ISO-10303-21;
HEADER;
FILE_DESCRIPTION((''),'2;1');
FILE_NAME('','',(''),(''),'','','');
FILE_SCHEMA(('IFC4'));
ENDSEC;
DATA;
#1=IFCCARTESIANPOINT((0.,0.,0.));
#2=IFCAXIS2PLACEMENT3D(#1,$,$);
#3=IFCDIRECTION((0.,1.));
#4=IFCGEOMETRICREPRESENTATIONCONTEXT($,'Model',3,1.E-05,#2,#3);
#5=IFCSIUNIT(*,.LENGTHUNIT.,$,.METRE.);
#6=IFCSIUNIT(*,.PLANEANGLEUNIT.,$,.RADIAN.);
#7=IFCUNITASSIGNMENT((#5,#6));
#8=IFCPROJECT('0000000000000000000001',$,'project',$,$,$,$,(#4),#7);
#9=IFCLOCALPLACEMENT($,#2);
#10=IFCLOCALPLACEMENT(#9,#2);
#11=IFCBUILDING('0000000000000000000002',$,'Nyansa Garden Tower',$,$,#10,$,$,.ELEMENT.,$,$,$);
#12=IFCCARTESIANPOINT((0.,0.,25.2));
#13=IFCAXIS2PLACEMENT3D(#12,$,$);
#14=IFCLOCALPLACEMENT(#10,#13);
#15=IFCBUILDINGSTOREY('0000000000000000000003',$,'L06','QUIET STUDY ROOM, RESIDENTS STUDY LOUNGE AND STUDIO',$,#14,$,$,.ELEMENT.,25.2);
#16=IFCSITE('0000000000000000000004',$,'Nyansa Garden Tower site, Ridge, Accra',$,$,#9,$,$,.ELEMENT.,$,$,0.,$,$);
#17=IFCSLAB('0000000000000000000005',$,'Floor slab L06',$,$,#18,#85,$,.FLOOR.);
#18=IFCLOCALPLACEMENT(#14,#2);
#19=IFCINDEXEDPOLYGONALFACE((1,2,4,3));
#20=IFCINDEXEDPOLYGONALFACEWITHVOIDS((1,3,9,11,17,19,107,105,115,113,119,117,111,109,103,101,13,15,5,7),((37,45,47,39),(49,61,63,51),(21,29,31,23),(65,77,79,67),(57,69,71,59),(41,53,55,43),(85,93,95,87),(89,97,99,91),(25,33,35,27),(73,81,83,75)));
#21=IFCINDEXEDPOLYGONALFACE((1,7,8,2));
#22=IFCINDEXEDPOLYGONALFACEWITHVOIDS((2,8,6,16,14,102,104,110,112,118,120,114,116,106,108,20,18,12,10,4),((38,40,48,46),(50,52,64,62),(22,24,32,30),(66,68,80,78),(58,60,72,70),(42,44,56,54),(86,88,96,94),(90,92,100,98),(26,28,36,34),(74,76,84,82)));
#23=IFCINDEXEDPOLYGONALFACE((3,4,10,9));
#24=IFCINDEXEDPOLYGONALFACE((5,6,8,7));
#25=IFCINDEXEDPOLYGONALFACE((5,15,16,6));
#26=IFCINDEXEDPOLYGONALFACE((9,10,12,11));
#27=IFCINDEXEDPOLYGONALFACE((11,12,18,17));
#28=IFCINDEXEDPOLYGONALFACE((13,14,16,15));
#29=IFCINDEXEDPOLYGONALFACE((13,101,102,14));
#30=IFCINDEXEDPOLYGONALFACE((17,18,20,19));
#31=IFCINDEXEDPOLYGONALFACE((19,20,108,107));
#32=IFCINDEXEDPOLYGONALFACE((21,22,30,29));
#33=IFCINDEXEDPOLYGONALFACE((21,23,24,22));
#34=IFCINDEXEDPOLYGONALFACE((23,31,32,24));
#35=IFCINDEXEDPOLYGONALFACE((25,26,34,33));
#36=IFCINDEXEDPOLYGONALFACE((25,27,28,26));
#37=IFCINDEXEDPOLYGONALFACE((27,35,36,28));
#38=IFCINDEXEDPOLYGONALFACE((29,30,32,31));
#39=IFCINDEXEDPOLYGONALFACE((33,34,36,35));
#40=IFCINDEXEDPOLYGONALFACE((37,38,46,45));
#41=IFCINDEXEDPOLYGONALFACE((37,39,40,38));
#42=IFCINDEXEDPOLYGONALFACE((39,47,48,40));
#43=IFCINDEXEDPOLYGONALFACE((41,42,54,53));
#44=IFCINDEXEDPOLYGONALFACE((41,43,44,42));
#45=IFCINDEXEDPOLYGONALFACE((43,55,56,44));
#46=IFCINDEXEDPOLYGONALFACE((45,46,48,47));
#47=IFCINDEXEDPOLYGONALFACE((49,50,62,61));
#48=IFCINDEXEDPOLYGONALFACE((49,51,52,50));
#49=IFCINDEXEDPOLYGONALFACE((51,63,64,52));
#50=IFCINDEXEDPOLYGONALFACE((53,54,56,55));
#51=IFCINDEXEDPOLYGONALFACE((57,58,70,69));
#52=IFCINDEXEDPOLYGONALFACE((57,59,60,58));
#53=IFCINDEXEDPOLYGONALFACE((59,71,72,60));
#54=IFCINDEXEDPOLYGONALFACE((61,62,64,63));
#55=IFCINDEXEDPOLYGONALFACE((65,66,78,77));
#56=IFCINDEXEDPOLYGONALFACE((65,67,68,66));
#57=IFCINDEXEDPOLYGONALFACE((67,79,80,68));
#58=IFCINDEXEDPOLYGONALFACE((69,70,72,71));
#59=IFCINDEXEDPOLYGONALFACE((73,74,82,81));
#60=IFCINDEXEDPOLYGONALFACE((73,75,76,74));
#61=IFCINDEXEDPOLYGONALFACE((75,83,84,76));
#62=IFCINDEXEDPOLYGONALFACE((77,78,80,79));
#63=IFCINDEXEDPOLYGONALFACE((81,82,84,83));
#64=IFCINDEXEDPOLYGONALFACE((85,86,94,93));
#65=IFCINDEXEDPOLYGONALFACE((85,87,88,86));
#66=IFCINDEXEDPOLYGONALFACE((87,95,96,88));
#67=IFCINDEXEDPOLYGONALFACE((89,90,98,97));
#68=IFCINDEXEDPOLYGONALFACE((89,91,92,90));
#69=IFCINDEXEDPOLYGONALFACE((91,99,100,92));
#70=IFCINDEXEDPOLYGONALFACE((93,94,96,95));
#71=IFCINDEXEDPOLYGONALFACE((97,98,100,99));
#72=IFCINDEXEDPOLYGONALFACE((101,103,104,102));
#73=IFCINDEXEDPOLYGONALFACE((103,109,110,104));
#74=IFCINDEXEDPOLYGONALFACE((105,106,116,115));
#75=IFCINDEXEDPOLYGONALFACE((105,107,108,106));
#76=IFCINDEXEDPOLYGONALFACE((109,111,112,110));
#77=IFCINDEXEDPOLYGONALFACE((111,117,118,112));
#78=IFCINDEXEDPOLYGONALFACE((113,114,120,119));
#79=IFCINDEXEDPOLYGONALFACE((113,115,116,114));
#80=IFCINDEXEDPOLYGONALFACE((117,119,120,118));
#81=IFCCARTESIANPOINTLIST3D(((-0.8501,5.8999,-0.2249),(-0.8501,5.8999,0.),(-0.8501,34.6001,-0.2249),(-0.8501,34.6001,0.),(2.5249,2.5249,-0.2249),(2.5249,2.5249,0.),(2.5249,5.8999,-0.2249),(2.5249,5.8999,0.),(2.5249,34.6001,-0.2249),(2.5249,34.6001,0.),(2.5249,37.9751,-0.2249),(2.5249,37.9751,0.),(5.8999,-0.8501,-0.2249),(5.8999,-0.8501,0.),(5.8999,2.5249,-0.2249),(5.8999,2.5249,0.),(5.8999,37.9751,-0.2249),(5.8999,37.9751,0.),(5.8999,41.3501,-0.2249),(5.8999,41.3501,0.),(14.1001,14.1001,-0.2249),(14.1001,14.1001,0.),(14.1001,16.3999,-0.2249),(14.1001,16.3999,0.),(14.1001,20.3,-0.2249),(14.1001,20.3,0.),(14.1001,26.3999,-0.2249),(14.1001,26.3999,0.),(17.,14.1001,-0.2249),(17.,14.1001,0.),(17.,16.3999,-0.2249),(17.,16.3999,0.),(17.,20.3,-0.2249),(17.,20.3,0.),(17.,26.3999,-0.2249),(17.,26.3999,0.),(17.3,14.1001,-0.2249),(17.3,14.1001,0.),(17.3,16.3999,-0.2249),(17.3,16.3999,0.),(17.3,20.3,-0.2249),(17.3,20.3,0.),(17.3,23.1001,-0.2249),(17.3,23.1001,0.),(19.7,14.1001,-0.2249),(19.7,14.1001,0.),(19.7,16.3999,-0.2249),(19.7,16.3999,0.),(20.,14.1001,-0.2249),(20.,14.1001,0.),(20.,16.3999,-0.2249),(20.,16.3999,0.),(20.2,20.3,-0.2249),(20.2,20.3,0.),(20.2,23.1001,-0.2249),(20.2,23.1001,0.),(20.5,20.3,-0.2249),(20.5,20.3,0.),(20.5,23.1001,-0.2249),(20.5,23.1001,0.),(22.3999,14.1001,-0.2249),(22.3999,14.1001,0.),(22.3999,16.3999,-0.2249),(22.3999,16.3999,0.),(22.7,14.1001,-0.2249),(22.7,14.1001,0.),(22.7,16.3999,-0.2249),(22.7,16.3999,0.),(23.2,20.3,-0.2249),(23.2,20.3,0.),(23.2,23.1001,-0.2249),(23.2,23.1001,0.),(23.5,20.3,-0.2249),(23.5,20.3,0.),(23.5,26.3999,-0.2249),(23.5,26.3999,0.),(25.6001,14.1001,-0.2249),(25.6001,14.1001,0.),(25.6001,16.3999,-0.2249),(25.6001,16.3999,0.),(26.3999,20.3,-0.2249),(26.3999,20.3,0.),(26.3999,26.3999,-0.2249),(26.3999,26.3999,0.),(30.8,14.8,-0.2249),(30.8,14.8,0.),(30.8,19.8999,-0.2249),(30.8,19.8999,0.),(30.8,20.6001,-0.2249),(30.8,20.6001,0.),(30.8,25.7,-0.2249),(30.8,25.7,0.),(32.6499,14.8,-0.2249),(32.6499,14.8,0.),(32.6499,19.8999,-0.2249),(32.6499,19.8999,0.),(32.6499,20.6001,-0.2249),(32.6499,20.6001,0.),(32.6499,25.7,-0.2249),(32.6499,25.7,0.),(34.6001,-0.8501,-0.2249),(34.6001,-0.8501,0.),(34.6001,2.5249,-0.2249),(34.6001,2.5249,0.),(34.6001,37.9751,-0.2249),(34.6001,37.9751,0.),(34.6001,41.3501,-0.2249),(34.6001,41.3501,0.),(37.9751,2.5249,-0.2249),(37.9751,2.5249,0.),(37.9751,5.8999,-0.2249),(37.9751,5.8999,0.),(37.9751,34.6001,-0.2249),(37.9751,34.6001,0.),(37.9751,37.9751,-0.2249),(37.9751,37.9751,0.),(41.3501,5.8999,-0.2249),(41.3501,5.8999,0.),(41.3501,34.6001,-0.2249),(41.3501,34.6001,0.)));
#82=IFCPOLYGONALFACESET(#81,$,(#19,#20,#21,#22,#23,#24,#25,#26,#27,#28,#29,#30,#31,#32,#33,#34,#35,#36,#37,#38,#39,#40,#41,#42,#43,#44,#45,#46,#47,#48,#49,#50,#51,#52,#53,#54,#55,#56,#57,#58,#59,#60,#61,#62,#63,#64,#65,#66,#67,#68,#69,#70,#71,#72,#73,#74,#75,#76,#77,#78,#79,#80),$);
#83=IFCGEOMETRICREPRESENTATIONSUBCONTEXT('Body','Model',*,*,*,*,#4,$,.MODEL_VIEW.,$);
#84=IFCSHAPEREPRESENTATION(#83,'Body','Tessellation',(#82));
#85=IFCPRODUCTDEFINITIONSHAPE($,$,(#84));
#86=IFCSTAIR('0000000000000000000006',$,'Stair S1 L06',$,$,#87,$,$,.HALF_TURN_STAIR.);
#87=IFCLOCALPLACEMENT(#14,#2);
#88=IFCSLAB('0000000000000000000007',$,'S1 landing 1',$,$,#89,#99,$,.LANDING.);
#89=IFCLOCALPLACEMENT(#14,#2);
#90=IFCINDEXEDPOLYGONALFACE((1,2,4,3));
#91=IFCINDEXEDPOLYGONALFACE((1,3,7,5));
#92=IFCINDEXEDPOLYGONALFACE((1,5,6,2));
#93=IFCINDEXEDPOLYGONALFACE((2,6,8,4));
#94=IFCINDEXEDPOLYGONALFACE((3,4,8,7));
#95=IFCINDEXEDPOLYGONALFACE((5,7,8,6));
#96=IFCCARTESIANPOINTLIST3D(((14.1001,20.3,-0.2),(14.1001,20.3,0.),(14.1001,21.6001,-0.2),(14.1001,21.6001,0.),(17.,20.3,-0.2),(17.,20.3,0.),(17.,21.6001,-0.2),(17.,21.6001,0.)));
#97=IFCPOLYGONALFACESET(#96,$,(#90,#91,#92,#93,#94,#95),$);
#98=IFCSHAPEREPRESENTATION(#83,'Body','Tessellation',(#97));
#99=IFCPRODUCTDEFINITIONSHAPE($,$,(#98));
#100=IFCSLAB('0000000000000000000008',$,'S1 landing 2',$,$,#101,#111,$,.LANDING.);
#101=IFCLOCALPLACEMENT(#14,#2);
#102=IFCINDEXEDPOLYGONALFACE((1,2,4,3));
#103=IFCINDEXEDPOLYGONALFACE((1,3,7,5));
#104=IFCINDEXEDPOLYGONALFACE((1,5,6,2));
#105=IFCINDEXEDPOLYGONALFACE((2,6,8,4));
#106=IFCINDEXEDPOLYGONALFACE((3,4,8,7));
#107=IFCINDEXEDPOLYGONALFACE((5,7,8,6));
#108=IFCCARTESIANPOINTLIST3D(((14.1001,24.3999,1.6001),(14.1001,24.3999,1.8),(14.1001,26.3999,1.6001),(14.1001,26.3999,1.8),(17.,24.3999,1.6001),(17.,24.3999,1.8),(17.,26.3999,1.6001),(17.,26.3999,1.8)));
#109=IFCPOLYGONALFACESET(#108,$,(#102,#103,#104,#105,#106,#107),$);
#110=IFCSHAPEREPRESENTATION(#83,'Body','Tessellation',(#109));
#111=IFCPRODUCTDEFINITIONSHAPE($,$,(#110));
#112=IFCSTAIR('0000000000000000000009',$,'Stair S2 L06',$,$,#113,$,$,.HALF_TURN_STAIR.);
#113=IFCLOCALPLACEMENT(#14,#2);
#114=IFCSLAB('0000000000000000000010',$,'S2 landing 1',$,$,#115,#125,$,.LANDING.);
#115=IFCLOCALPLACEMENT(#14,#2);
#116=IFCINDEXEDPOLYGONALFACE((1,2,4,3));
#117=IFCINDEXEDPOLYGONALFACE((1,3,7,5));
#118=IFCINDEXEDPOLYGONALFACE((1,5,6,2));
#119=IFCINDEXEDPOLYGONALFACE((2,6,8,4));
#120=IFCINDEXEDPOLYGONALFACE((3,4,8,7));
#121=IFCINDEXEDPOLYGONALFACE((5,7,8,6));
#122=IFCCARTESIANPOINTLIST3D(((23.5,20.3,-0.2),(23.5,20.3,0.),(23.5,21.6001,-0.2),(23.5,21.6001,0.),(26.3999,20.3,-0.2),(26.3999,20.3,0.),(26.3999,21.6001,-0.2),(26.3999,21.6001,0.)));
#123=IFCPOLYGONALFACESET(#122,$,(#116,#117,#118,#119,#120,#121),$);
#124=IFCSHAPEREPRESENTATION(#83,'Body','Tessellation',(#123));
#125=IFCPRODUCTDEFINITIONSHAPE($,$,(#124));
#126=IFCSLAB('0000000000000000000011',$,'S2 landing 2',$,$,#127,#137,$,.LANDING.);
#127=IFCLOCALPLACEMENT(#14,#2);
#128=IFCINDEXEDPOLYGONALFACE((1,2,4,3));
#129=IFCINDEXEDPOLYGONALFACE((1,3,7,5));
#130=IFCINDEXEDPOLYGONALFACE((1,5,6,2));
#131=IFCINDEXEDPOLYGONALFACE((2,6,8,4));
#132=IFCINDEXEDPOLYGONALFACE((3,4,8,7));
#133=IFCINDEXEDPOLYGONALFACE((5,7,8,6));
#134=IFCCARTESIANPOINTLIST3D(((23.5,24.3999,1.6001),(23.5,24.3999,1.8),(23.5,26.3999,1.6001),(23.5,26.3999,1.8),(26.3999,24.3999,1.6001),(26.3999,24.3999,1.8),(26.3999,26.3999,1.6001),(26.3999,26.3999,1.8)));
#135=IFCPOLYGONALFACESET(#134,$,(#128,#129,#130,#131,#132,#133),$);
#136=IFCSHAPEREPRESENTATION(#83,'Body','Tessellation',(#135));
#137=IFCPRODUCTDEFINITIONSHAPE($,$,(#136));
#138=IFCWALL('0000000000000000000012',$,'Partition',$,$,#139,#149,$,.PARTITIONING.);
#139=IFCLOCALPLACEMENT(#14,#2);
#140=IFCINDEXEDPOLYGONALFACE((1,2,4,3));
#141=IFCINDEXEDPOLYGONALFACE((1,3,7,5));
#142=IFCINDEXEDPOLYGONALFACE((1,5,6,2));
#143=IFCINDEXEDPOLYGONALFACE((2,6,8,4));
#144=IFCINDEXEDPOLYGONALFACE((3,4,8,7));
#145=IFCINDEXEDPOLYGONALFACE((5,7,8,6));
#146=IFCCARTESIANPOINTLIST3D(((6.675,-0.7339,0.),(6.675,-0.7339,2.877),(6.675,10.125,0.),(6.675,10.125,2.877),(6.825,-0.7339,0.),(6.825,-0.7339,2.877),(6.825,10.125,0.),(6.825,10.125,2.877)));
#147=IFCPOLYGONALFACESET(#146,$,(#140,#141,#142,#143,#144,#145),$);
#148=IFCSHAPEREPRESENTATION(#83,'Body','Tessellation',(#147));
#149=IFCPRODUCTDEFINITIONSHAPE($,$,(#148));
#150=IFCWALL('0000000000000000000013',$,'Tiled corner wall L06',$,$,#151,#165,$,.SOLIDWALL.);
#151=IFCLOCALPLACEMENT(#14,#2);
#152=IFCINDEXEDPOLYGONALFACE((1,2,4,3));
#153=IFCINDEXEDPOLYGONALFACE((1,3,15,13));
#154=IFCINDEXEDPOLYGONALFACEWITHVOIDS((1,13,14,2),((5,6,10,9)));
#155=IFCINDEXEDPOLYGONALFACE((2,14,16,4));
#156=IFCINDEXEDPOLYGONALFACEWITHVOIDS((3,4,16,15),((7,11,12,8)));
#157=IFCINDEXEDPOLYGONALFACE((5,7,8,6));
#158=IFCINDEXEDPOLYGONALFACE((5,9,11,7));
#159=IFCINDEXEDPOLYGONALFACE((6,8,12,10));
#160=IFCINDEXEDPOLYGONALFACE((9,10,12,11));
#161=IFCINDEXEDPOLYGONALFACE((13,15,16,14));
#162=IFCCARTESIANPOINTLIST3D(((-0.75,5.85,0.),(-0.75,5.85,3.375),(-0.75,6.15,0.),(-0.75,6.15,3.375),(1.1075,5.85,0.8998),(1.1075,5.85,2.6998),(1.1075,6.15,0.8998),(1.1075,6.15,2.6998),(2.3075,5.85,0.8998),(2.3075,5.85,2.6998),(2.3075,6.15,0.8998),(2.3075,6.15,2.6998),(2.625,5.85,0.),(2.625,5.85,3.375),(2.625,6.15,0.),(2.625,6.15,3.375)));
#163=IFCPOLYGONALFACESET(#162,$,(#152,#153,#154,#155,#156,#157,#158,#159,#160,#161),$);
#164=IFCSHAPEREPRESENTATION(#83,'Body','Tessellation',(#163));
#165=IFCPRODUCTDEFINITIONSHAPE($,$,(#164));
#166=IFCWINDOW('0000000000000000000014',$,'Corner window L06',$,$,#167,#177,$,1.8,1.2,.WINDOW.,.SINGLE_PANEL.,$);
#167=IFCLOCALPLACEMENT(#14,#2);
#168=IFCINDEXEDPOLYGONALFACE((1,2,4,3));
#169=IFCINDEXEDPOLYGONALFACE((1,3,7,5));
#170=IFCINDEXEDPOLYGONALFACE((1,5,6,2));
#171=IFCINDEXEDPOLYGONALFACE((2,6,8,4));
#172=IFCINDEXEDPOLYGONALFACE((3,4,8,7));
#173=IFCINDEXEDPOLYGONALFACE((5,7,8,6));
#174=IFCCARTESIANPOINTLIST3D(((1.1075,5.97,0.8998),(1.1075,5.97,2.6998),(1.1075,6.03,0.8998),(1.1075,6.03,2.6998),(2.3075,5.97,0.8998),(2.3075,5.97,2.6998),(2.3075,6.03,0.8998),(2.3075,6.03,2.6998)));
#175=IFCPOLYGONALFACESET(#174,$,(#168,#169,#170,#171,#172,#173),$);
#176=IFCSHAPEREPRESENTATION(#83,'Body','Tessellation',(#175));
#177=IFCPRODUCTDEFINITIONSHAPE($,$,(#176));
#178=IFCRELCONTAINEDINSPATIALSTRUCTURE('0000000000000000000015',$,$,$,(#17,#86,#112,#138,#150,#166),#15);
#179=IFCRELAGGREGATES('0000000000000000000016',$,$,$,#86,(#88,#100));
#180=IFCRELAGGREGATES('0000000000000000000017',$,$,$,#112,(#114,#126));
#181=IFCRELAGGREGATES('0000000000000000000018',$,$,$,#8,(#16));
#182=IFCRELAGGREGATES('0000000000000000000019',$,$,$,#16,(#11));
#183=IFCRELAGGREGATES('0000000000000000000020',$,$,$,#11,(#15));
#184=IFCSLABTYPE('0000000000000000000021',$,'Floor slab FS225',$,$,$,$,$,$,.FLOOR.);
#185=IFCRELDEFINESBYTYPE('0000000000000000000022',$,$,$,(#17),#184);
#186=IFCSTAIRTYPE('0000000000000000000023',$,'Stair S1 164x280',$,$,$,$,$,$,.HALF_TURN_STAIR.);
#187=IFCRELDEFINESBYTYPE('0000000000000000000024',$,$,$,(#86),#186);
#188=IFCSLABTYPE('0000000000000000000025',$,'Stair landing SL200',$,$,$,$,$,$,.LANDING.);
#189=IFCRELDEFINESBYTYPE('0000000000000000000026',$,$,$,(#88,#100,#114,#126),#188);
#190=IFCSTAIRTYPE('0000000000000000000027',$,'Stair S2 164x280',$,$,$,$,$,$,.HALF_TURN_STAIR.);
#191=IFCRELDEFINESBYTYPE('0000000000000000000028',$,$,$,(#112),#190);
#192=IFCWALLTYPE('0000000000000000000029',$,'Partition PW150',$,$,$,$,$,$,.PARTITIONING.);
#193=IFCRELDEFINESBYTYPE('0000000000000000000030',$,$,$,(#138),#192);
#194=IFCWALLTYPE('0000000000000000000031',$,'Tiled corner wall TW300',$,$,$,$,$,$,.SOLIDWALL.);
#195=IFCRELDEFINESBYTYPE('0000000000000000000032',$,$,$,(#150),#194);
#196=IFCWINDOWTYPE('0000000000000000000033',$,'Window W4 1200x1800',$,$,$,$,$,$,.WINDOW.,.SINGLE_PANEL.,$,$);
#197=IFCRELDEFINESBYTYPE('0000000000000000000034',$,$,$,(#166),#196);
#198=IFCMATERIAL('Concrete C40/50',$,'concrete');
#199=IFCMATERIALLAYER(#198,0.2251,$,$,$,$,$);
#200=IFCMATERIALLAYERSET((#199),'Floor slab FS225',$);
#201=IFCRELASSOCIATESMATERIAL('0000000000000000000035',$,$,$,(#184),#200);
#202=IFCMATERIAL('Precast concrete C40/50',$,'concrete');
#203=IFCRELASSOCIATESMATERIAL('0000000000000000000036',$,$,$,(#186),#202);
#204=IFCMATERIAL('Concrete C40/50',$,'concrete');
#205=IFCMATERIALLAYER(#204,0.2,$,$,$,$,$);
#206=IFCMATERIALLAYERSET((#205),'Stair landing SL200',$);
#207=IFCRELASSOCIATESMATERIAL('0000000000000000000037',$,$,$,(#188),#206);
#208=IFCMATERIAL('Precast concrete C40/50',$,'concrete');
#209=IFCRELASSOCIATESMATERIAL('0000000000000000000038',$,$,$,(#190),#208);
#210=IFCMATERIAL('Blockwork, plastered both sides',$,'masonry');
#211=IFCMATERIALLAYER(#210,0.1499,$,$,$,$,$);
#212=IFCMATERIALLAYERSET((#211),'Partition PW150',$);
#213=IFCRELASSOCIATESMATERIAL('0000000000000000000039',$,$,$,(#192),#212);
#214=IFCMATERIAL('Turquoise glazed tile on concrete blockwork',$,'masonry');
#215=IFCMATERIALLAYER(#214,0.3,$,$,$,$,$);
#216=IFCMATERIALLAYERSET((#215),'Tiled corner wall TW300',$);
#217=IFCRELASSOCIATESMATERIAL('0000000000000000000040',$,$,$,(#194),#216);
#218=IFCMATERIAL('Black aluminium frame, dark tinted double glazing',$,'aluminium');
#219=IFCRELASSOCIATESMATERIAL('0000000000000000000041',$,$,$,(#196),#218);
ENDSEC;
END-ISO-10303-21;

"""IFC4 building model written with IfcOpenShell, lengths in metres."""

from ifc_helpers import new_model, si_unit, direction, frame, frame_2d, origin, place, context, subcontext, project, spatial, polyline, rectangle, outline, extrude, material, layer, layer_set, type_object, element, fill, aggregate, save


model = new_model("IFC4")

# Units and contexts
model_context = context("Model", 3, precision=1e-05, world=origin(), true_north=direction((0.0, 1.0)))
body_context = subcontext(model_context, "Body", "Model", "MODEL_VIEW")
ifc_project = project(units=[si_unit("LENGTHUNIT", "METRE"), si_unit("PLANEANGLEUNIT", "RADIAN")], contexts=[model_context])

# Site, building, storey
site_placement = place(None, origin())
site = spatial("IfcSite", under=ifc_project, at=site_placement, Name="Nyansa Garden Tower site, Ridge, Accra", CompositionType="ELEMENT", RefElevation=0.0)
building_placement = place(site_placement, origin())
building = spatial("IfcBuilding", under=site, at=building_placement, Name="Nyansa Garden Tower", CompositionType="ELEMENT")
storey_placement = place(building_placement, frame((0.0, 0.0, 25.2)))
storey = spatial("IfcBuildingStorey", under=building, at=storey_placement, Name="L06", Description="QUIET STUDY ROOM, RESIDENTS STUDY LOUNGE AND STUDIO", CompositionType="ELEMENT", Elevation=25.2)

# Slab
ifc_material_1 = material(Name="Concrete C40/50", Category="concrete")
ifc_layer_1 = layer(ifc_material_1, 0.2251)
ifc_layer_set_1 = layer_set([ifc_layer_1], Name="Floor slab FS225")
slab_type_1 = type_object("IfcSlabType", Name="Floor slab FS225", PredefinedType="FLOOR", material=ifc_layer_set_1)
slab_1_placement = place(storey_placement, frame((0.0, 0.0, -0.2249)))
element("IfcSlab", 1, at=slab_1_placement, inside=storey, type_object=slab_type_1, Name="Floor slab L06", PredefinedType="FLOOR", context=body_context, shape_type="SweptSolid", body=[
    extrude(outline(polyline([(41.3501, 5.8999), (37.9751, 5.8999), (37.9751, 2.5249), (34.6001, 2.5249), (34.6001, -0.8501), (5.8999, -0.8501), (5.8999, 2.5249), (2.5249, 2.5249), (2.5249, 5.8999), (-0.8501, 5.8999), (-0.8501, 34.6001), (2.5249, 34.6001), (2.5249, 37.9751), (5.8999, 37.9751), (5.8999, 41.3501), (34.6001, 41.3501), (34.6001, 37.9751), (37.9751, 37.9751), (37.9751, 34.6001), (41.3501, 34.6001), (41.3501, 5.8999)]), holes=[polyline([(14.1001, 14.1001), (17.0, 14.1001), (17.0, 16.3999), (14.1001, 16.3999), (14.1001, 14.1001)]), polyline([(17.3, 14.1001), (19.7, 14.1001), (19.7, 16.3999), (17.3, 16.3999), (17.3, 14.1001)]), polyline([(20.0, 14.1001), (22.3999, 14.1001), (22.3999, 16.3999), (20.0, 16.3999), (20.0, 14.1001)]), polyline([(22.7, 14.1001), (25.6001, 14.1001), (25.6001, 16.3999), (22.7, 16.3999), (22.7, 14.1001)]), polyline([(17.3, 20.3), (20.2, 20.3), (20.2, 23.1001), (17.3, 23.1001), (17.3, 20.3)]), polyline([(20.5, 20.3), (23.2, 20.3), (23.2, 23.1001), (20.5, 23.1001), (20.5, 20.3)]), polyline([(30.8, 14.8), (32.6499, 14.8), (32.6499, 19.8999), (30.8, 19.8999), (30.8, 14.8)]), polyline([(30.8, 20.6001), (32.6499, 20.6001), (32.6499, 25.7), (30.8, 25.7), (30.8, 20.6001)]), polyline([(14.1001, 20.3), (17.0, 20.3), (17.0, 26.3999), (14.1001, 26.3999), (14.1001, 20.3)]), polyline([(23.5, 20.3), (26.3999, 20.3), (26.3999, 26.3999), (23.5, 26.3999), (23.5, 20.3)])]), origin(), (0.0, 0.0, 1.0), 0.2249),
])

# Stairs, slabs
ifc_material_2 = material(Name="Precast concrete C40/50", Category="concrete")
stair_type_1 = type_object("IfcStairType", Name="Stair S1 164x280", PredefinedType="HALF_TURN_STAIR", material=ifc_material_2)
stair_1_placement = place(storey_placement, origin())
stair_1 = element("IfcStair", 2, at=stair_1_placement, inside=storey, type_object=stair_type_1, Name="Stair S1 L06", PredefinedType="HALF_TURN_STAIR")
ifc_material_3 = material(Name="Concrete C40/50", Category="concrete")
ifc_layer_2 = layer(ifc_material_3, 0.2)
ifc_layer_set_2 = layer_set([ifc_layer_2], Name="Stair landing SL200")
slab_type_2 = type_object("IfcSlabType", Name="Stair landing SL200", PredefinedType="LANDING", material=ifc_layer_set_2)
slab_2_placement = place(storey_placement, frame((0.0, 0.0, -0.2)))
slab_2 = element("IfcSlab", 3, at=slab_2_placement, type_object=slab_type_2, Name="S1 landing 1", PredefinedType="LANDING", context=body_context, shape_type="SweptSolid", body=[
    extrude(outline(polyline([(14.1001, 20.3), (17.0, 20.3), (17.0, 21.6001), (14.1001, 21.6001), (14.1001, 20.3)])), origin(), (0.0, 0.0, 1.0), 0.2),
])
slab_3_placement = place(storey_placement, frame((0.0, 0.0, 1.6001)))
slab_3 = element("IfcSlab", 4, at=slab_3_placement, type_object=slab_type_2, Name="S1 landing 2", PredefinedType="LANDING", context=body_context, shape_type="SweptSolid", body=[
    extrude(outline(polyline([(14.1001, 24.3999), (17.0, 24.3999), (17.0, 26.3999), (14.1001, 26.3999), (14.1001, 24.3999)])), origin(), (0.0, 0.0, 1.0), 0.2),
])
aggregate(stair_1, [slab_2, slab_3])
ifc_material_4 = material(Name="Precast concrete C40/50", Category="concrete")
stair_type_2 = type_object("IfcStairType", Name="Stair S2 164x280", PredefinedType="HALF_TURN_STAIR", material=ifc_material_4)
stair_2_placement = place(storey_placement, origin())
stair_2 = element("IfcStair", 5, at=stair_2_placement, inside=storey, type_object=stair_type_2, Name="Stair S2 L06", PredefinedType="HALF_TURN_STAIR")
slab_4_placement = place(storey_placement, frame((0.0, 0.0, -0.2)))
slab_4 = element("IfcSlab", 6, at=slab_4_placement, type_object=slab_type_2, Name="S2 landing 1", PredefinedType="LANDING", context=body_context, shape_type="SweptSolid", body=[
    extrude(outline(polyline([(23.5, 20.3), (26.3999, 20.3), (26.3999, 21.6001), (23.5, 21.6001), (23.5, 20.3)])), origin(), (0.0, 0.0, 1.0), 0.2),
])
slab_5_placement = place(storey_placement, frame((0.0, 0.0, 1.6001)))
slab_5 = element("IfcSlab", 7, at=slab_5_placement, type_object=slab_type_2, Name="S2 landing 2", PredefinedType="LANDING", context=body_context, shape_type="SweptSolid", body=[
    extrude(outline(polyline([(23.5, 24.3999), (26.3999, 24.3999), (26.3999, 26.3999), (23.5, 26.3999), (23.5, 24.3999)])), origin(), (0.0, 0.0, 1.0), 0.2),
])
aggregate(stair_2, [slab_4, slab_5])

# Wall
ifc_material_5 = material(Name="Blockwork, plastered both sides", Category="masonry")
ifc_layer_3 = layer(ifc_material_5, 0.1499)
ifc_layer_set_3 = layer_set([ifc_layer_3], Name="Partition PW150")
wall_type_1 = type_object("IfcWallType", Name="Partition PW150", PredefinedType="PARTITIONING", material=ifc_layer_set_3)
wall_1_placement = place(storey_placement, frame((6.75, -0.7339, 0.0), z_axis=(0.0, 0.0, 1.0), x_axis=(0.0, 1.0, 0.0)))
element("IfcWall", 8, at=wall_1_placement, inside=storey, type_object=wall_type_1, Name="Partition", PredefinedType="PARTITIONING", context=body_context, shape_type="SweptSolid", body=[
    extrude(rectangle(XDim=10.8589, YDim=0.1499, at=frame_2d((5.4294, 0.0))), origin(), (0.0, 0.0, 1.0), 2.877),
])

# Wall, opening, window
ifc_material_6 = material(Name="Turquoise glazed tile on concrete blockwork", Category="masonry")
ifc_layer_4 = layer(ifc_material_6, 0.3)
ifc_layer_set_4 = layer_set([ifc_layer_4], Name="Tiled corner wall TW300")
wall_type_2 = type_object("IfcWallType", Name="Tiled corner wall TW300", PredefinedType="SOLIDWALL", material=ifc_layer_set_4)
wall_2_placement = place(storey_placement, frame((-0.75, 6.0, 0.0), z_axis=(0.0, 0.0, 1.0), x_axis=(1.0, 0.0, 0.0)))
wall_2 = element("IfcWall", 9, at=wall_2_placement, inside=storey, type_object=wall_type_2, Name="Tiled corner wall L06", PredefinedType="SOLIDWALL", context=body_context, shape_type="SweptSolid", body=[
    extrude(rectangle(XDim=3.375, YDim=0.3, at=frame_2d((1.6875, 0.0))), origin(), (0.0, 0.0, 1.0), 3.375),
])
opening_1_placement = place(wall_2_placement, frame((1.8574, 0.0, 0.8999)))
opening_1 = element("IfcOpeningElement", 10, at=opening_1_placement, cuts=wall_2, PredefinedType="OPENING", context=body_context, shape_type="SweptSolid", body=[
    extrude(rectangle(XDim=1.2, YDim=1.8, at=frame_2d((0.6001, 0.8999))), frame((0.0, 0.1599, 0.0), z_axis=(0.0, -1.0, 0.0), x_axis=(1.0, 0.0, 0.0)), (0.0, 0.0, 1.0), 0.3201),
])
ifc_material_7 = material(Name="Black aluminium frame, dark tinted double glazing", Category="aluminium")
window_type_1 = type_object("IfcWindowType", Name="Window W4 1200x1800", PartitioningType="SINGLE_PANEL", PredefinedType="WINDOW", material=ifc_material_7)
window_1_placement = place(opening_1_placement, origin())
window_1 = element("IfcWindow", 11, at=window_1_placement, inside=storey, type_object=window_type_1, Name="Corner window L06", OverallHeight=1.8, OverallWidth=1.2, PartitioningType="SINGLE_PANEL", PredefinedType="WINDOW", context=body_context, shape_type="SweptSolid", body=[
    extrude(rectangle(XDim=1.2, YDim=1.8, at=frame_2d((0.6001, 0.8999))), frame((0.0, 0.03, 0.0), z_axis=(0.0, -1.0, 0.0), x_axis=(1.0, 0.0, 0.0)), (0.0, 0.0, 1.0), 0.0601),
])
fill(opening_1, window_1)

save(model, "model.ifc")
